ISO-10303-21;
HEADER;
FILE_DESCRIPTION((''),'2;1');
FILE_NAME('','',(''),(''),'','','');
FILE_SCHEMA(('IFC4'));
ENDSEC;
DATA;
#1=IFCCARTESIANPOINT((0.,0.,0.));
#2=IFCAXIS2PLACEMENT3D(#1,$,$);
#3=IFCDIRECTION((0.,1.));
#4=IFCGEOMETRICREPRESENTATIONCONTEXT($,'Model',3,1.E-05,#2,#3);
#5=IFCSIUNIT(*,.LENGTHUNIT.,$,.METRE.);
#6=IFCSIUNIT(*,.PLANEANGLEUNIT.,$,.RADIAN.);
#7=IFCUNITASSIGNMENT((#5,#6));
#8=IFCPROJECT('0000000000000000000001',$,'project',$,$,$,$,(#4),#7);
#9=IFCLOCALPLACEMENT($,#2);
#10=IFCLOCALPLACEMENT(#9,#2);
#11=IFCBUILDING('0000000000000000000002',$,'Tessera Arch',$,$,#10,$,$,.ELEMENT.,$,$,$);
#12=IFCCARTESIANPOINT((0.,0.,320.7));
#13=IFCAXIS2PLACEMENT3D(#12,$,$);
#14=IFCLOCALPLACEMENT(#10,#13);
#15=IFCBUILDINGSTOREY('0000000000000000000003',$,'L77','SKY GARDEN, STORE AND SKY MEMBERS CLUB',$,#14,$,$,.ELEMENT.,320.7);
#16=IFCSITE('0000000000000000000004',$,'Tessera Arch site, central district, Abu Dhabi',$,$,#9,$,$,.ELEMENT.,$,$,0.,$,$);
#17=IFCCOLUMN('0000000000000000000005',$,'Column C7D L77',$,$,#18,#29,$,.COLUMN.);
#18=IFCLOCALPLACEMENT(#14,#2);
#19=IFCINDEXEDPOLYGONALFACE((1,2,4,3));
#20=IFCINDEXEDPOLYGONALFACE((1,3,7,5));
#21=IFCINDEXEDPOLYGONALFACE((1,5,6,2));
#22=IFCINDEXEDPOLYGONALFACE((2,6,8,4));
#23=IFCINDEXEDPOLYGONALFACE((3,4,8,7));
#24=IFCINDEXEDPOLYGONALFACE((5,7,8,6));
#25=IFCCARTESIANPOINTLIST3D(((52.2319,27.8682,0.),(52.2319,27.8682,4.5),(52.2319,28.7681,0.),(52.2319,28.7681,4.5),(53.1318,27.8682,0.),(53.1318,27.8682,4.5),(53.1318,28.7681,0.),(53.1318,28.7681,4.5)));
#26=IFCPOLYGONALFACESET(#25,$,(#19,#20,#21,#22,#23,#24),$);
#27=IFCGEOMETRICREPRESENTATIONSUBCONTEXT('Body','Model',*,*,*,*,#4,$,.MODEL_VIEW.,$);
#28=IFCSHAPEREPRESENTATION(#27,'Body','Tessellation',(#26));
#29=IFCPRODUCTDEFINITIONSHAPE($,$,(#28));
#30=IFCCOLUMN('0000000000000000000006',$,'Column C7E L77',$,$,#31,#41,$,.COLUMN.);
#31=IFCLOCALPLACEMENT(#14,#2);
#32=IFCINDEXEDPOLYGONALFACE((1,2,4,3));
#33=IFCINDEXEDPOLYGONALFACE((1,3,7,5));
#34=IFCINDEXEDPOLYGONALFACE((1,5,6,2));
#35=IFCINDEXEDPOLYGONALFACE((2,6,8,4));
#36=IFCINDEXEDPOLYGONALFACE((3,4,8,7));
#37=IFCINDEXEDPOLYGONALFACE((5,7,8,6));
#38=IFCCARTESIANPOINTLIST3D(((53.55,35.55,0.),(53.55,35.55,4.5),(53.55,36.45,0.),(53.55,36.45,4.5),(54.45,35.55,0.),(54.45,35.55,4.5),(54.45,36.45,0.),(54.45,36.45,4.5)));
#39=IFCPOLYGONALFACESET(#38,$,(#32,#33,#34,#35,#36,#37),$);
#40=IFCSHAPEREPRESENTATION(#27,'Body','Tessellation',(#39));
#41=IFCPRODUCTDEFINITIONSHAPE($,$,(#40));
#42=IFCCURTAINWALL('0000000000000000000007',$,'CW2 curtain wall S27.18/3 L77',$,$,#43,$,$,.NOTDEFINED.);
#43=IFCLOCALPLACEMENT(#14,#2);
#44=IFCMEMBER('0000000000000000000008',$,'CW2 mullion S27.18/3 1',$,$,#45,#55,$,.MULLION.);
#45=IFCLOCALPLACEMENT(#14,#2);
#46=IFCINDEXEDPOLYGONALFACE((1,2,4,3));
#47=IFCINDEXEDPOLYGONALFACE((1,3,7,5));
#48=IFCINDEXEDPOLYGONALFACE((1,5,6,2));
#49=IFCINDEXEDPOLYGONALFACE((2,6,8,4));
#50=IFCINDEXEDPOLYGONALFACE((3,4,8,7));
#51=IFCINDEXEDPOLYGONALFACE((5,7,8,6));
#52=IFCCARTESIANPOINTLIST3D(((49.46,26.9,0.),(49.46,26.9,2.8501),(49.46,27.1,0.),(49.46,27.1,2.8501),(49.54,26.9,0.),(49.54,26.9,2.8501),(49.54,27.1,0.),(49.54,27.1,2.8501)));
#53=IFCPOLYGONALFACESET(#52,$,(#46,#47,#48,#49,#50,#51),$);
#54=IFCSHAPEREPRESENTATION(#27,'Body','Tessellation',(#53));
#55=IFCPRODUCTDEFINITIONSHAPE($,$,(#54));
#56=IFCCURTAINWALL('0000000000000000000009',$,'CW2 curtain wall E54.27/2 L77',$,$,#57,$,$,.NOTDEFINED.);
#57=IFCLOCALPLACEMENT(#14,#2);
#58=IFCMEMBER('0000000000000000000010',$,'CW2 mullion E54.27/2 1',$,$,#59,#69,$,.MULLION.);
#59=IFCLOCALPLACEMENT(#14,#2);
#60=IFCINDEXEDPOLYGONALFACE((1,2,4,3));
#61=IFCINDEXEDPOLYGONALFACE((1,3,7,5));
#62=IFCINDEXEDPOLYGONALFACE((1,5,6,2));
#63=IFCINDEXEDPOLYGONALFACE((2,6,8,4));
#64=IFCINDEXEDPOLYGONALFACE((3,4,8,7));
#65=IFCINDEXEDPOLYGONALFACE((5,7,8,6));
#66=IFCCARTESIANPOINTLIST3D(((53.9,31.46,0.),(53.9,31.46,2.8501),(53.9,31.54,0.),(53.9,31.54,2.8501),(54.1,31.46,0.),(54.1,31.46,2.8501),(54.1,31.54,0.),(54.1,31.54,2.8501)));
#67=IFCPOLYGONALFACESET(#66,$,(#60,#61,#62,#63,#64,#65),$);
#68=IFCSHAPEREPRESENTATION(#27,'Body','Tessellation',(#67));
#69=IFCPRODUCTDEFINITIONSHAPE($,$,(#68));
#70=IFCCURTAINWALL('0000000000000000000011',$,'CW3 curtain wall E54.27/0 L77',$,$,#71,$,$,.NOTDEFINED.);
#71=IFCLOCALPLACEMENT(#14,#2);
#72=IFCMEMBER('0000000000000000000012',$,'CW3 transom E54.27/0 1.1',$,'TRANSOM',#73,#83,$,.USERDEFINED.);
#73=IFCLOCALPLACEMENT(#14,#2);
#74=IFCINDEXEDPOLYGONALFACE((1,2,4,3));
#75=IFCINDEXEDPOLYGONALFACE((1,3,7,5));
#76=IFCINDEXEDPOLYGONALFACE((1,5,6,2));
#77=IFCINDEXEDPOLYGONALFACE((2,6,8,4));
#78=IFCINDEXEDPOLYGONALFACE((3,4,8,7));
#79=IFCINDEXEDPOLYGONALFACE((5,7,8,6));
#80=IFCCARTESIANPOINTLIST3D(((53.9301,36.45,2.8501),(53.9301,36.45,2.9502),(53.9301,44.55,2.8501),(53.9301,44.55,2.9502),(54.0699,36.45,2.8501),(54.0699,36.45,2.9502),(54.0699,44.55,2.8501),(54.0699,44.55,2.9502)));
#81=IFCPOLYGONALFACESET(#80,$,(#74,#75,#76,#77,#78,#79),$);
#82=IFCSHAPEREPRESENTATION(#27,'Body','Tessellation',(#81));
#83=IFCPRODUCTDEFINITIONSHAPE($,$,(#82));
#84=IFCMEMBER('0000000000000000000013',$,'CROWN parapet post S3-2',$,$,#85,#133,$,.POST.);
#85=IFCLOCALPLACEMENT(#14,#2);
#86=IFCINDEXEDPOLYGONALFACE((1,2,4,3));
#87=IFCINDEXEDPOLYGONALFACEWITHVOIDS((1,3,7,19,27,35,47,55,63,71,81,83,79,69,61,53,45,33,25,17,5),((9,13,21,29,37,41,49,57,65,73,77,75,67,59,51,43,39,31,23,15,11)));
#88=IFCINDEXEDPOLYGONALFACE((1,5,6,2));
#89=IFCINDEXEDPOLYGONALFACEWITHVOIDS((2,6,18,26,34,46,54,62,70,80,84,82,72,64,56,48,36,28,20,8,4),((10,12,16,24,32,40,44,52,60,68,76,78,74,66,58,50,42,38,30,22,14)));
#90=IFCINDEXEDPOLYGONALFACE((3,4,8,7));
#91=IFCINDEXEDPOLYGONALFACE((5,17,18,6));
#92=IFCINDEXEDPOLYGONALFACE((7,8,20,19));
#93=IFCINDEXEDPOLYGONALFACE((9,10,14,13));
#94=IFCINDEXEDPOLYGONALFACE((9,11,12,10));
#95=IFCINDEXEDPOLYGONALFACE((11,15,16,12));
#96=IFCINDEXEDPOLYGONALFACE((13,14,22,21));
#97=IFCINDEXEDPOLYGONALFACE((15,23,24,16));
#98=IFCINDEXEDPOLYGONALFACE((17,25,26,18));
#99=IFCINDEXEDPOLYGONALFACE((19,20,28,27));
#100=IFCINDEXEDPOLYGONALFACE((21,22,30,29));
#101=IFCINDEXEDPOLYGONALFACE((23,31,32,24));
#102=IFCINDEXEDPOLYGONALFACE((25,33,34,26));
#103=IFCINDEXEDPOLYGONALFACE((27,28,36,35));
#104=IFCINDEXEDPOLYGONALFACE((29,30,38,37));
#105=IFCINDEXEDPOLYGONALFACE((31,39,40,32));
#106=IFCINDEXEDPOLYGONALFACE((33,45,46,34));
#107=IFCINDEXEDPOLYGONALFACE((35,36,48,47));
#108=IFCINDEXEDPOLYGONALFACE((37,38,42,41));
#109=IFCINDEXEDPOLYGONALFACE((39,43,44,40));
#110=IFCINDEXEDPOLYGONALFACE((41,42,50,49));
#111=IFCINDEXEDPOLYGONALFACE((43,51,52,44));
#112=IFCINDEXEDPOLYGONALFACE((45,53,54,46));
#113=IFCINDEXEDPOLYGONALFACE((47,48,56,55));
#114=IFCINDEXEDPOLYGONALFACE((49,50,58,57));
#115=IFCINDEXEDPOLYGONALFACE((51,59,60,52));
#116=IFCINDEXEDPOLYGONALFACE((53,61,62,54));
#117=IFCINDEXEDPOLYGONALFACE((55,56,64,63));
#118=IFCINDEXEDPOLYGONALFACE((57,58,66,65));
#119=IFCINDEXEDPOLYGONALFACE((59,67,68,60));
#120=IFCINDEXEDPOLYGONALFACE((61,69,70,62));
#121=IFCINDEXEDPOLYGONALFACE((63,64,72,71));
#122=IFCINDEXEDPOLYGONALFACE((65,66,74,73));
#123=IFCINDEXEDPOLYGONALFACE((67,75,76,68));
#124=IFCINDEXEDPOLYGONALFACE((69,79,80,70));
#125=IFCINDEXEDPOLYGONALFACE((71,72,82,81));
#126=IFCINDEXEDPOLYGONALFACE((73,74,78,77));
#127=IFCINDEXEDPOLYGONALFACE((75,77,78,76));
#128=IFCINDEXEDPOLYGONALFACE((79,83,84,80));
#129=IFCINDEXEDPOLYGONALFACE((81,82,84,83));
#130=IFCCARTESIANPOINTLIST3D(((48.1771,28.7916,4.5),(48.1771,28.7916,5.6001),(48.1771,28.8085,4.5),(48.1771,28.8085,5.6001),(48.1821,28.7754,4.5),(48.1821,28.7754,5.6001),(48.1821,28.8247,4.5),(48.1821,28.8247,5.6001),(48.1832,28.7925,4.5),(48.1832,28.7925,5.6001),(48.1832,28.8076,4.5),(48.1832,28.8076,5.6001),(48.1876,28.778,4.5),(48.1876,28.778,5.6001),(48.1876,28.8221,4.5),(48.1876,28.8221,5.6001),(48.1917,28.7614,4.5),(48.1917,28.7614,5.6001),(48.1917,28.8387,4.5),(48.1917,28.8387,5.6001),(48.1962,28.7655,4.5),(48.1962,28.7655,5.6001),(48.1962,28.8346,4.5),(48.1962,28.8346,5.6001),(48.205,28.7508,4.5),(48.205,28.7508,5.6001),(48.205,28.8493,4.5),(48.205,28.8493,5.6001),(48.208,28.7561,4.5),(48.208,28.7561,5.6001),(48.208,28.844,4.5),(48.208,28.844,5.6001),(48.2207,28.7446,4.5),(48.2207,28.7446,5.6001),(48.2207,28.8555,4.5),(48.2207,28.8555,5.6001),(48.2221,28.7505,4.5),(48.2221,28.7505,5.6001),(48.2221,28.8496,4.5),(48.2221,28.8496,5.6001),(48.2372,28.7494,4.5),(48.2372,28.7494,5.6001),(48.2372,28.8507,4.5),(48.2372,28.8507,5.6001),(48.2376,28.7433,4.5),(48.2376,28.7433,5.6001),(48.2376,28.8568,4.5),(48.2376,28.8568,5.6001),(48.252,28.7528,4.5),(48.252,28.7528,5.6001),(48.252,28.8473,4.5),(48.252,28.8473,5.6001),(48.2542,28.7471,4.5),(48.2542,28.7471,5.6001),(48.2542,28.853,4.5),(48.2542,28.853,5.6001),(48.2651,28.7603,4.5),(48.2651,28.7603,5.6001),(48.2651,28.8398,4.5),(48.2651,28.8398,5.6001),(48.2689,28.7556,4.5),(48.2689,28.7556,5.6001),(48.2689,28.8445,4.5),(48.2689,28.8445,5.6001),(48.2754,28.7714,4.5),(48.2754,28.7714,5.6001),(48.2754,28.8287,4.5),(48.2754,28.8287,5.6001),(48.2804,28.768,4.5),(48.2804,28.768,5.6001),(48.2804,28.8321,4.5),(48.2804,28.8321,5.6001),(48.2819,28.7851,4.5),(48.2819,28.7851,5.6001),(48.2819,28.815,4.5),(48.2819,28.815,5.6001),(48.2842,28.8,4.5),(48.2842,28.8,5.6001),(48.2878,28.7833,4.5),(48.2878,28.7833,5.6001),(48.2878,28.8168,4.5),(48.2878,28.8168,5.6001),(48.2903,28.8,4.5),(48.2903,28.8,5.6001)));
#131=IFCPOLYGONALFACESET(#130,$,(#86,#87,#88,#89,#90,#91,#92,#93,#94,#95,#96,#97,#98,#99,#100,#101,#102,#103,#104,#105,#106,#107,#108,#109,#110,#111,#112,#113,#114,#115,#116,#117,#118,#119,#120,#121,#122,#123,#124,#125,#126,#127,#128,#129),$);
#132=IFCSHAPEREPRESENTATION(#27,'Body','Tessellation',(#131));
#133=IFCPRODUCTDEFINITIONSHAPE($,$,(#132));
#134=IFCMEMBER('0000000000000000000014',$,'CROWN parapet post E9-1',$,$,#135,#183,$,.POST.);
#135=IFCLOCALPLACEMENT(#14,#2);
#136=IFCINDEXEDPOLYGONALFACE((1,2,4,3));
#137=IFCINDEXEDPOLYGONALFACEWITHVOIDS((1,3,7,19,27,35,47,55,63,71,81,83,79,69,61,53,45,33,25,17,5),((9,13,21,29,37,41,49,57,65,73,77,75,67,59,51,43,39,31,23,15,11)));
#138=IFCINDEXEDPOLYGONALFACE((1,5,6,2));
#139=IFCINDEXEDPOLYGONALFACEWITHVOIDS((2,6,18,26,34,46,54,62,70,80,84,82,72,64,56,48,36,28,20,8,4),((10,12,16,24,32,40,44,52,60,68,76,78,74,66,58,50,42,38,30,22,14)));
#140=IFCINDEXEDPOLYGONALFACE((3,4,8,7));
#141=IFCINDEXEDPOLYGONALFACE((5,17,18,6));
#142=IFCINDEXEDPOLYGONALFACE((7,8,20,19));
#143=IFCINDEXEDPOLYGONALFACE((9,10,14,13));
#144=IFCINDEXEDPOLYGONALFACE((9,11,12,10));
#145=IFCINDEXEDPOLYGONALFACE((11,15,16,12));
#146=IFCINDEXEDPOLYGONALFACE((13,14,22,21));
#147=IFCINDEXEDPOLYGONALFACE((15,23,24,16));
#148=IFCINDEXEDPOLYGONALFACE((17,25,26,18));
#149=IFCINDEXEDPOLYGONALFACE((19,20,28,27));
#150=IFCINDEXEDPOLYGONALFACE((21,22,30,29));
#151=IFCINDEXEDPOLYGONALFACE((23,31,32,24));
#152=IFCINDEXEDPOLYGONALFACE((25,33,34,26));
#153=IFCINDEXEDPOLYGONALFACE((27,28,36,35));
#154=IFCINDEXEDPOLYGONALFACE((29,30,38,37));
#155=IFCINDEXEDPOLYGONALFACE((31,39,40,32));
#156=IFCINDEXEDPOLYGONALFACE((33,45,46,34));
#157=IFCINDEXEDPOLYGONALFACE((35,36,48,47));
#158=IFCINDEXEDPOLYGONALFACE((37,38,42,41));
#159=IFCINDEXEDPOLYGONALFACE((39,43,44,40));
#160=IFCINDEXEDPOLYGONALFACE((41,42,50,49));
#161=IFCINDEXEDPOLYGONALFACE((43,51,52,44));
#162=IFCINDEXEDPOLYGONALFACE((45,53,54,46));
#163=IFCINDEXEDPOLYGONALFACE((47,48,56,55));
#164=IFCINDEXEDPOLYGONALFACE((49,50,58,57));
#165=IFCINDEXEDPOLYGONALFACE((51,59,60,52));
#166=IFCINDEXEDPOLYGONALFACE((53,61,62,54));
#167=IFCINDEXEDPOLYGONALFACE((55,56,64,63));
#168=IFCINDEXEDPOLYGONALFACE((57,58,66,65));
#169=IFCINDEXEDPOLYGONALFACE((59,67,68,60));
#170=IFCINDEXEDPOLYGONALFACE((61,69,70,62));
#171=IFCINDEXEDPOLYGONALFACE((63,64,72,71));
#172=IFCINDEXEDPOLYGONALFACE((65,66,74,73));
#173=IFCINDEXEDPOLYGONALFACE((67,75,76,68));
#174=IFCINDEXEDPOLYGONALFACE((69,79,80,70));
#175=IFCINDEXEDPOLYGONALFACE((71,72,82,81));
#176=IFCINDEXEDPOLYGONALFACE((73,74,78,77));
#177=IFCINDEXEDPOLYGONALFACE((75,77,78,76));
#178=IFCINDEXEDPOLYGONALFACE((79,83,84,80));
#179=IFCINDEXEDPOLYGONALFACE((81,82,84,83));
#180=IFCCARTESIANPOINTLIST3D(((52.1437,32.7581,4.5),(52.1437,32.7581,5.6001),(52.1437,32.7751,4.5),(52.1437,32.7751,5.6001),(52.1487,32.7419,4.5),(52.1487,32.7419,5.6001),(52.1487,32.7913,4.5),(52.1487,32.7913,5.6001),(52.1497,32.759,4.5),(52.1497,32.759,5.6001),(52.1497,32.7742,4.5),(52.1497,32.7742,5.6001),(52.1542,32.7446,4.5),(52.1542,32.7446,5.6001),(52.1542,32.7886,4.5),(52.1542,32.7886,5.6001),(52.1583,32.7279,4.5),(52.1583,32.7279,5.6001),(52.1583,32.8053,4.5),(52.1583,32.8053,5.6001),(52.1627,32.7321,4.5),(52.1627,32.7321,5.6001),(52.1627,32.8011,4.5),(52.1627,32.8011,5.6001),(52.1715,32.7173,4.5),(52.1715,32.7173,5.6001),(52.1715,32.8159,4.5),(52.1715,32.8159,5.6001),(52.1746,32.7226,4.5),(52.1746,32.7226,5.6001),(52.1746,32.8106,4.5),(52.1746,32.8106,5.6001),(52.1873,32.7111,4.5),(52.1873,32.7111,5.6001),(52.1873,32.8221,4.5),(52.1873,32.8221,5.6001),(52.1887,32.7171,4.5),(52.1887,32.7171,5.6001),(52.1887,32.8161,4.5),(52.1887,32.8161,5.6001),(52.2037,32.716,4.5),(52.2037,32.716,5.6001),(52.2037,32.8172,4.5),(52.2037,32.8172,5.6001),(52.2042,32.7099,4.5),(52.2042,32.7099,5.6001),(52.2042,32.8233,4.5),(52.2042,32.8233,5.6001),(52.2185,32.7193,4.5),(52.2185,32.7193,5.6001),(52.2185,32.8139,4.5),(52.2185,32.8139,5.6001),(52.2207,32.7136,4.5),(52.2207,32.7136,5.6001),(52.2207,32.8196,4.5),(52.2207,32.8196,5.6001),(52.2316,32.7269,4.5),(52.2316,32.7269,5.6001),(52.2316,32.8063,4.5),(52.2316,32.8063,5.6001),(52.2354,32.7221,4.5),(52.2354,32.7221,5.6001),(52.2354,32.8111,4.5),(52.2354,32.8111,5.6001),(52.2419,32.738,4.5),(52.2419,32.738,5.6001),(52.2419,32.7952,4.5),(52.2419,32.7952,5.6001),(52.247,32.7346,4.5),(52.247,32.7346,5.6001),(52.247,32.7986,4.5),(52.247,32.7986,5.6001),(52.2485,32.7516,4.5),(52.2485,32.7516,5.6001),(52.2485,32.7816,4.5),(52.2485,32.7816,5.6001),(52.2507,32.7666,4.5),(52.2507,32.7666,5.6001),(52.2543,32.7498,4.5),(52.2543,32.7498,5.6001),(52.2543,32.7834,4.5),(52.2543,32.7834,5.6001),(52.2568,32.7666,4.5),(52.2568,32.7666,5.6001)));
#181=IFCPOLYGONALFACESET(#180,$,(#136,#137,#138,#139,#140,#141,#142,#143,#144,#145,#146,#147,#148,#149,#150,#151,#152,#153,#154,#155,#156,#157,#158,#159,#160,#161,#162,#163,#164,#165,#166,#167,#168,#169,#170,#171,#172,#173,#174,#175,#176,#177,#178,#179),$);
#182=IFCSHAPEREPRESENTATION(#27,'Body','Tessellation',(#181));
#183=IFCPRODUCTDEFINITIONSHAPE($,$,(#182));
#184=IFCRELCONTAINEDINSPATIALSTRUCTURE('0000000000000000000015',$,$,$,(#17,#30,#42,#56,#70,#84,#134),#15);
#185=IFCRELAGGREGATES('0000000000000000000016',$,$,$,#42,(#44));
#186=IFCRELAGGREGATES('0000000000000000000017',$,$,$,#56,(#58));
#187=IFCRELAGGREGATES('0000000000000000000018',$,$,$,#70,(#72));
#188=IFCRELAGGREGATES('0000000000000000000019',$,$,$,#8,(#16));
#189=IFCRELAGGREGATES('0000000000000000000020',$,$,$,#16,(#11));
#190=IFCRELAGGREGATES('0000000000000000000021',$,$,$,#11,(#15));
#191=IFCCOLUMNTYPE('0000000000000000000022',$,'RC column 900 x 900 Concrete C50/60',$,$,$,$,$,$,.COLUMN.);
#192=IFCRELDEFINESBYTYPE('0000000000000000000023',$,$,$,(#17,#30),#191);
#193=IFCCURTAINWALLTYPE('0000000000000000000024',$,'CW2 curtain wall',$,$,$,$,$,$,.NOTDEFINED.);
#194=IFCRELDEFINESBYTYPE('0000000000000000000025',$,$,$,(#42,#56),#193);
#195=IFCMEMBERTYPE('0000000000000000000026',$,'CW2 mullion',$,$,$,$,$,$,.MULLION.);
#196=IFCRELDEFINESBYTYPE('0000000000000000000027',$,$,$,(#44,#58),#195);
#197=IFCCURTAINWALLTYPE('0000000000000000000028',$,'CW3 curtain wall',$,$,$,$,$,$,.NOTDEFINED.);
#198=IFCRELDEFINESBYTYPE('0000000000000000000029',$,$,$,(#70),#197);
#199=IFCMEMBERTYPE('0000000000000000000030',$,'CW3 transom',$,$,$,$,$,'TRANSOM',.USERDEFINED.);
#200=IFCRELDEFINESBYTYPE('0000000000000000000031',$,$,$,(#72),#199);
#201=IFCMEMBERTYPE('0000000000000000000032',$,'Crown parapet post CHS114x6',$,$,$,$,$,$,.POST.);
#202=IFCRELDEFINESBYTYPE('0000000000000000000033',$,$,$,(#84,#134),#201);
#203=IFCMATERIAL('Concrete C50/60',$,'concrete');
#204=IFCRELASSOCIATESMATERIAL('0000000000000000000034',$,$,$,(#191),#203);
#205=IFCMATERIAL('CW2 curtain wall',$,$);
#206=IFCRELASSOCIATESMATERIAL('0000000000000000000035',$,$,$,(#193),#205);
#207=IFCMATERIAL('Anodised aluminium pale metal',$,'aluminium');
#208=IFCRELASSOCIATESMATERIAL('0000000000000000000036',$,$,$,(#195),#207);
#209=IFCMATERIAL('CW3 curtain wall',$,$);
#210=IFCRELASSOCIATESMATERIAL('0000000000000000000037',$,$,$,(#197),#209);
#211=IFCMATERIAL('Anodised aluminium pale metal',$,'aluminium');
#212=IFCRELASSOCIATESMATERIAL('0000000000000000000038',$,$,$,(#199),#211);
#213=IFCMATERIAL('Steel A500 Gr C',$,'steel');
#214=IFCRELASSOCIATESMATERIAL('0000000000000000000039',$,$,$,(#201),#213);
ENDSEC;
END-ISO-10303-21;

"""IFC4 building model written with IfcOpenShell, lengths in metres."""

from ifc_helpers import new_model, si_unit, direction, frame, origin, origin_2d, place, context, subcontext, project, spatial, rectangle, hollow_circle, extrude, material, material_profile, profile_set, type_object, element, aggregate, save


model = new_model("IFC4")

# Units and contexts
model_context = context("Model", 3, precision=1e-05, world=origin(), true_north=direction((0.0, 1.0)))
body_context = subcontext(model_context, "Body", "Model", "MODEL_VIEW")
ifc_project = project(units=[si_unit("LENGTHUNIT", "METRE"), si_unit("PLANEANGLEUNIT", "RADIAN")], contexts=[model_context])

# Site, building, storey
site_placement = place(None, origin())
site = spatial("IfcSite", under=ifc_project, at=site_placement, Name="Tessera Arch site, central district, Abu Dhabi", CompositionType="ELEMENT", RefElevation=0.0)
building_placement = place(site_placement, origin())
building = spatial("IfcBuilding", under=site, at=building_placement, Name="Tessera Arch", CompositionType="ELEMENT")
storey_placement = place(building_placement, frame((0.0, 0.0, 320.7)))
storey = spatial("IfcBuildingStorey", under=building, at=storey_placement, Name="L77", Description="SKY GARDEN, STORE AND SKY MEMBERS CLUB", CompositionType="ELEMENT", Elevation=320.7)

# Columns
ifc_material_1 = material(Name="Concrete C50/60", Category="concrete")
ifc_material_profile_1 = material_profile(ifc_material_1, rectangle(XDim=0.8999, YDim=0.8999, at=origin_2d()), Name="RC column 900 x 900 Concrete C50/60")
ifc_profile_set_1 = profile_set([ifc_material_profile_1], Name="Concrete C50/60")
column_type = type_object("IfcColumnType", Name="RC column 900 x 900 Concrete C50/60", PredefinedType="COLUMN", material=ifc_profile_set_1)
for number, where, z_axis, x_axis, name in (
    (1, (52.6819, 28.3181, 0.0), (0.0, 0.0, 1.0), (1.0, 0.0, 0.0), "Column C7D L77"),
    (2, (54.0, 36.0, 0.0), (0.0, 0.0, 1.0), (1.0, 0.0, 0.0), "Column C7E L77"),
):
    element("IfcColumn", number, at=place(storey_placement, frame(where, z_axis=z_axis, x_axis=x_axis)), inside=storey, type_object=column_type, Name=name, PredefinedType="COLUMN", context=body_context, shape_type="SweptSolid", body=[
        extrude(rectangle(XDim=0.8999, YDim=0.8999, at=origin_2d()), origin(), (0.0, 0.0, 1.0), 4.5),
    ])

# Curtain walls, members
ifc_material_2 = material(Name="CW2 curtain wall")
curtain_wall_type_1 = type_object("IfcCurtainWallType", Name="CW2 curtain wall", PredefinedType="NOTDEFINED", material=ifc_material_2)
curtain_wall_1_placement = place(storey_placement, origin())
curtain_wall_1 = element("IfcCurtainWall", 3, at=curtain_wall_1_placement, inside=storey, type_object=curtain_wall_type_1, Name="CW2 curtain wall S27.18/3 L77", PredefinedType="NOTDEFINED")
ifc_material_3 = material(Name="Anodised aluminium pale metal", Category="aluminium")
ifc_material_profile_2 = material_profile(ifc_material_3, rectangle(XDim=0.2, YDim=0.0801, at=origin_2d()), Name="AL 80x200")
ifc_profile_set_2 = profile_set([ifc_material_profile_2], Name="Anodised aluminium pale metal")
member_type_1 = type_object("IfcMemberType", Name="CW2 mullion", PredefinedType="MULLION", material=ifc_profile_set_2)
member_1_placement = place(storey_placement, frame((49.5, 27.0, 0.0), z_axis=(0.0, 0.0, 1.0), x_axis=(0.0, 1.0, 0.0)))
member_1 = element("IfcMember", 4, at=member_1_placement, type_object=member_type_1, Name="CW2 mullion S27.18/3 1", PredefinedType="MULLION", context=body_context, shape_type="SweptSolid", body=[
    extrude(rectangle(XDim=0.2, YDim=0.0801, at=origin_2d()), origin(), (0.0, 0.0, 1.0), 2.8501),
])
curtain_wall_2_placement = place(storey_placement, origin())
curtain_wall_2 = element("IfcCurtainWall", 5, at=curtain_wall_2_placement, inside=storey, type_object=curtain_wall_type_1, Name="CW2 curtain wall E54.27/2 L77", PredefinedType="NOTDEFINED")
member_2_placement = place(storey_placement, frame((54.0, 31.5, 0.0), z_axis=(0.0, 0.0, 1.0), x_axis=(-1.0, 0.0, 0.0)))
member_2 = element("IfcMember", 6, at=member_2_placement, type_object=member_type_1, Name="CW2 mullion E54.27/2 1", PredefinedType="MULLION", context=body_context, shape_type="SweptSolid", body=[
    extrude(rectangle(XDim=0.2, YDim=0.0801, at=origin_2d()), origin(), (0.0, 0.0, 1.0), 2.8501),
])
ifc_material_4 = material(Name="CW3 curtain wall")
curtain_wall_type_2 = type_object("IfcCurtainWallType", Name="CW3 curtain wall", PredefinedType="NOTDEFINED", material=ifc_material_4)
curtain_wall_3_placement = place(storey_placement, origin())
curtain_wall_3 = element("IfcCurtainWall", 7, at=curtain_wall_3_placement, inside=storey, type_object=curtain_wall_type_2, Name="CW3 curtain wall E54.27/0 L77", PredefinedType="NOTDEFINED")
ifc_material_5 = material(Name="Anodised aluminium pale metal", Category="aluminium")
ifc_material_profile_3 = material_profile(ifc_material_5, rectangle(XDim=0.1399, YDim=0.1001, at=origin_2d()), Name="AL 140x100")
ifc_profile_set_3 = profile_set([ifc_material_profile_3], Name="Anodised aluminium pale metal")
member_type_2 = type_object("IfcMemberType", Name="CW3 transom", ElementType="TRANSOM", PredefinedType="USERDEFINED", material=ifc_profile_set_3)
member_3_placement = place(storey_placement, frame((54.0, 36.45, 2.9001), z_axis=(0.0, 1.0, 0.0), x_axis=(-1.0, 0.0, 0.0)))
member_3 = element("IfcMember", 8, at=member_3_placement, type_object=member_type_2, Name="CW3 transom E54.27/0 1.1", ObjectType="TRANSOM", PredefinedType="USERDEFINED", context=body_context, shape_type="SweptSolid", body=[
    extrude(rectangle(XDim=0.1399, YDim=0.1001, at=origin_2d()), origin(), (0.0, 0.0, 1.0), 8.1001),
])

# Members
ifc_material_6 = material(Name="Steel A500 Gr C", Category="steel")
ifc_material_profile_4 = material_profile(ifc_material_6, hollow_circle(Radius=0.0569, WallThickness=0.0061, at=origin_2d()), Name="Crown parapet post CHS114x6")
ifc_profile_set_4 = profile_set([ifc_material_profile_4], Name="Steel A500 Gr C")
member_type_3 = type_object("IfcMemberType", Name="Crown parapet post CHS114x6", PredefinedType="POST", material=ifc_profile_set_4)
for number, where, z_axis, x_axis, name in (
    (9, (48.2334, 28.8, 4.5), (0.0, 0.0, 1.0), (1.0, 0.0, 0.0), "CROWN parapet post S3-2"),
    (10, (52.2, 32.7666, 4.5), (0.0, 0.0, 1.0), (1.0, 0.0, 0.0), "CROWN parapet post E9-1"),
):
    element("IfcMember", number, at=place(storey_placement, frame(where, z_axis=z_axis, x_axis=x_axis)), inside=storey, type_object=member_type_3, Name=name, PredefinedType="POST", context=body_context, shape_type="SweptSolid", body=[
        extrude(hollow_circle(Radius=0.0569, WallThickness=0.0061, at=origin_2d()), origin(), (0.0, 0.0, 1.0), 1.1001),
    ])

aggregate(curtain_wall_1, [member_1])
aggregate(curtain_wall_2, [member_2])
aggregate(curtain_wall_3, [member_3])

save(model, "model.ifc")
